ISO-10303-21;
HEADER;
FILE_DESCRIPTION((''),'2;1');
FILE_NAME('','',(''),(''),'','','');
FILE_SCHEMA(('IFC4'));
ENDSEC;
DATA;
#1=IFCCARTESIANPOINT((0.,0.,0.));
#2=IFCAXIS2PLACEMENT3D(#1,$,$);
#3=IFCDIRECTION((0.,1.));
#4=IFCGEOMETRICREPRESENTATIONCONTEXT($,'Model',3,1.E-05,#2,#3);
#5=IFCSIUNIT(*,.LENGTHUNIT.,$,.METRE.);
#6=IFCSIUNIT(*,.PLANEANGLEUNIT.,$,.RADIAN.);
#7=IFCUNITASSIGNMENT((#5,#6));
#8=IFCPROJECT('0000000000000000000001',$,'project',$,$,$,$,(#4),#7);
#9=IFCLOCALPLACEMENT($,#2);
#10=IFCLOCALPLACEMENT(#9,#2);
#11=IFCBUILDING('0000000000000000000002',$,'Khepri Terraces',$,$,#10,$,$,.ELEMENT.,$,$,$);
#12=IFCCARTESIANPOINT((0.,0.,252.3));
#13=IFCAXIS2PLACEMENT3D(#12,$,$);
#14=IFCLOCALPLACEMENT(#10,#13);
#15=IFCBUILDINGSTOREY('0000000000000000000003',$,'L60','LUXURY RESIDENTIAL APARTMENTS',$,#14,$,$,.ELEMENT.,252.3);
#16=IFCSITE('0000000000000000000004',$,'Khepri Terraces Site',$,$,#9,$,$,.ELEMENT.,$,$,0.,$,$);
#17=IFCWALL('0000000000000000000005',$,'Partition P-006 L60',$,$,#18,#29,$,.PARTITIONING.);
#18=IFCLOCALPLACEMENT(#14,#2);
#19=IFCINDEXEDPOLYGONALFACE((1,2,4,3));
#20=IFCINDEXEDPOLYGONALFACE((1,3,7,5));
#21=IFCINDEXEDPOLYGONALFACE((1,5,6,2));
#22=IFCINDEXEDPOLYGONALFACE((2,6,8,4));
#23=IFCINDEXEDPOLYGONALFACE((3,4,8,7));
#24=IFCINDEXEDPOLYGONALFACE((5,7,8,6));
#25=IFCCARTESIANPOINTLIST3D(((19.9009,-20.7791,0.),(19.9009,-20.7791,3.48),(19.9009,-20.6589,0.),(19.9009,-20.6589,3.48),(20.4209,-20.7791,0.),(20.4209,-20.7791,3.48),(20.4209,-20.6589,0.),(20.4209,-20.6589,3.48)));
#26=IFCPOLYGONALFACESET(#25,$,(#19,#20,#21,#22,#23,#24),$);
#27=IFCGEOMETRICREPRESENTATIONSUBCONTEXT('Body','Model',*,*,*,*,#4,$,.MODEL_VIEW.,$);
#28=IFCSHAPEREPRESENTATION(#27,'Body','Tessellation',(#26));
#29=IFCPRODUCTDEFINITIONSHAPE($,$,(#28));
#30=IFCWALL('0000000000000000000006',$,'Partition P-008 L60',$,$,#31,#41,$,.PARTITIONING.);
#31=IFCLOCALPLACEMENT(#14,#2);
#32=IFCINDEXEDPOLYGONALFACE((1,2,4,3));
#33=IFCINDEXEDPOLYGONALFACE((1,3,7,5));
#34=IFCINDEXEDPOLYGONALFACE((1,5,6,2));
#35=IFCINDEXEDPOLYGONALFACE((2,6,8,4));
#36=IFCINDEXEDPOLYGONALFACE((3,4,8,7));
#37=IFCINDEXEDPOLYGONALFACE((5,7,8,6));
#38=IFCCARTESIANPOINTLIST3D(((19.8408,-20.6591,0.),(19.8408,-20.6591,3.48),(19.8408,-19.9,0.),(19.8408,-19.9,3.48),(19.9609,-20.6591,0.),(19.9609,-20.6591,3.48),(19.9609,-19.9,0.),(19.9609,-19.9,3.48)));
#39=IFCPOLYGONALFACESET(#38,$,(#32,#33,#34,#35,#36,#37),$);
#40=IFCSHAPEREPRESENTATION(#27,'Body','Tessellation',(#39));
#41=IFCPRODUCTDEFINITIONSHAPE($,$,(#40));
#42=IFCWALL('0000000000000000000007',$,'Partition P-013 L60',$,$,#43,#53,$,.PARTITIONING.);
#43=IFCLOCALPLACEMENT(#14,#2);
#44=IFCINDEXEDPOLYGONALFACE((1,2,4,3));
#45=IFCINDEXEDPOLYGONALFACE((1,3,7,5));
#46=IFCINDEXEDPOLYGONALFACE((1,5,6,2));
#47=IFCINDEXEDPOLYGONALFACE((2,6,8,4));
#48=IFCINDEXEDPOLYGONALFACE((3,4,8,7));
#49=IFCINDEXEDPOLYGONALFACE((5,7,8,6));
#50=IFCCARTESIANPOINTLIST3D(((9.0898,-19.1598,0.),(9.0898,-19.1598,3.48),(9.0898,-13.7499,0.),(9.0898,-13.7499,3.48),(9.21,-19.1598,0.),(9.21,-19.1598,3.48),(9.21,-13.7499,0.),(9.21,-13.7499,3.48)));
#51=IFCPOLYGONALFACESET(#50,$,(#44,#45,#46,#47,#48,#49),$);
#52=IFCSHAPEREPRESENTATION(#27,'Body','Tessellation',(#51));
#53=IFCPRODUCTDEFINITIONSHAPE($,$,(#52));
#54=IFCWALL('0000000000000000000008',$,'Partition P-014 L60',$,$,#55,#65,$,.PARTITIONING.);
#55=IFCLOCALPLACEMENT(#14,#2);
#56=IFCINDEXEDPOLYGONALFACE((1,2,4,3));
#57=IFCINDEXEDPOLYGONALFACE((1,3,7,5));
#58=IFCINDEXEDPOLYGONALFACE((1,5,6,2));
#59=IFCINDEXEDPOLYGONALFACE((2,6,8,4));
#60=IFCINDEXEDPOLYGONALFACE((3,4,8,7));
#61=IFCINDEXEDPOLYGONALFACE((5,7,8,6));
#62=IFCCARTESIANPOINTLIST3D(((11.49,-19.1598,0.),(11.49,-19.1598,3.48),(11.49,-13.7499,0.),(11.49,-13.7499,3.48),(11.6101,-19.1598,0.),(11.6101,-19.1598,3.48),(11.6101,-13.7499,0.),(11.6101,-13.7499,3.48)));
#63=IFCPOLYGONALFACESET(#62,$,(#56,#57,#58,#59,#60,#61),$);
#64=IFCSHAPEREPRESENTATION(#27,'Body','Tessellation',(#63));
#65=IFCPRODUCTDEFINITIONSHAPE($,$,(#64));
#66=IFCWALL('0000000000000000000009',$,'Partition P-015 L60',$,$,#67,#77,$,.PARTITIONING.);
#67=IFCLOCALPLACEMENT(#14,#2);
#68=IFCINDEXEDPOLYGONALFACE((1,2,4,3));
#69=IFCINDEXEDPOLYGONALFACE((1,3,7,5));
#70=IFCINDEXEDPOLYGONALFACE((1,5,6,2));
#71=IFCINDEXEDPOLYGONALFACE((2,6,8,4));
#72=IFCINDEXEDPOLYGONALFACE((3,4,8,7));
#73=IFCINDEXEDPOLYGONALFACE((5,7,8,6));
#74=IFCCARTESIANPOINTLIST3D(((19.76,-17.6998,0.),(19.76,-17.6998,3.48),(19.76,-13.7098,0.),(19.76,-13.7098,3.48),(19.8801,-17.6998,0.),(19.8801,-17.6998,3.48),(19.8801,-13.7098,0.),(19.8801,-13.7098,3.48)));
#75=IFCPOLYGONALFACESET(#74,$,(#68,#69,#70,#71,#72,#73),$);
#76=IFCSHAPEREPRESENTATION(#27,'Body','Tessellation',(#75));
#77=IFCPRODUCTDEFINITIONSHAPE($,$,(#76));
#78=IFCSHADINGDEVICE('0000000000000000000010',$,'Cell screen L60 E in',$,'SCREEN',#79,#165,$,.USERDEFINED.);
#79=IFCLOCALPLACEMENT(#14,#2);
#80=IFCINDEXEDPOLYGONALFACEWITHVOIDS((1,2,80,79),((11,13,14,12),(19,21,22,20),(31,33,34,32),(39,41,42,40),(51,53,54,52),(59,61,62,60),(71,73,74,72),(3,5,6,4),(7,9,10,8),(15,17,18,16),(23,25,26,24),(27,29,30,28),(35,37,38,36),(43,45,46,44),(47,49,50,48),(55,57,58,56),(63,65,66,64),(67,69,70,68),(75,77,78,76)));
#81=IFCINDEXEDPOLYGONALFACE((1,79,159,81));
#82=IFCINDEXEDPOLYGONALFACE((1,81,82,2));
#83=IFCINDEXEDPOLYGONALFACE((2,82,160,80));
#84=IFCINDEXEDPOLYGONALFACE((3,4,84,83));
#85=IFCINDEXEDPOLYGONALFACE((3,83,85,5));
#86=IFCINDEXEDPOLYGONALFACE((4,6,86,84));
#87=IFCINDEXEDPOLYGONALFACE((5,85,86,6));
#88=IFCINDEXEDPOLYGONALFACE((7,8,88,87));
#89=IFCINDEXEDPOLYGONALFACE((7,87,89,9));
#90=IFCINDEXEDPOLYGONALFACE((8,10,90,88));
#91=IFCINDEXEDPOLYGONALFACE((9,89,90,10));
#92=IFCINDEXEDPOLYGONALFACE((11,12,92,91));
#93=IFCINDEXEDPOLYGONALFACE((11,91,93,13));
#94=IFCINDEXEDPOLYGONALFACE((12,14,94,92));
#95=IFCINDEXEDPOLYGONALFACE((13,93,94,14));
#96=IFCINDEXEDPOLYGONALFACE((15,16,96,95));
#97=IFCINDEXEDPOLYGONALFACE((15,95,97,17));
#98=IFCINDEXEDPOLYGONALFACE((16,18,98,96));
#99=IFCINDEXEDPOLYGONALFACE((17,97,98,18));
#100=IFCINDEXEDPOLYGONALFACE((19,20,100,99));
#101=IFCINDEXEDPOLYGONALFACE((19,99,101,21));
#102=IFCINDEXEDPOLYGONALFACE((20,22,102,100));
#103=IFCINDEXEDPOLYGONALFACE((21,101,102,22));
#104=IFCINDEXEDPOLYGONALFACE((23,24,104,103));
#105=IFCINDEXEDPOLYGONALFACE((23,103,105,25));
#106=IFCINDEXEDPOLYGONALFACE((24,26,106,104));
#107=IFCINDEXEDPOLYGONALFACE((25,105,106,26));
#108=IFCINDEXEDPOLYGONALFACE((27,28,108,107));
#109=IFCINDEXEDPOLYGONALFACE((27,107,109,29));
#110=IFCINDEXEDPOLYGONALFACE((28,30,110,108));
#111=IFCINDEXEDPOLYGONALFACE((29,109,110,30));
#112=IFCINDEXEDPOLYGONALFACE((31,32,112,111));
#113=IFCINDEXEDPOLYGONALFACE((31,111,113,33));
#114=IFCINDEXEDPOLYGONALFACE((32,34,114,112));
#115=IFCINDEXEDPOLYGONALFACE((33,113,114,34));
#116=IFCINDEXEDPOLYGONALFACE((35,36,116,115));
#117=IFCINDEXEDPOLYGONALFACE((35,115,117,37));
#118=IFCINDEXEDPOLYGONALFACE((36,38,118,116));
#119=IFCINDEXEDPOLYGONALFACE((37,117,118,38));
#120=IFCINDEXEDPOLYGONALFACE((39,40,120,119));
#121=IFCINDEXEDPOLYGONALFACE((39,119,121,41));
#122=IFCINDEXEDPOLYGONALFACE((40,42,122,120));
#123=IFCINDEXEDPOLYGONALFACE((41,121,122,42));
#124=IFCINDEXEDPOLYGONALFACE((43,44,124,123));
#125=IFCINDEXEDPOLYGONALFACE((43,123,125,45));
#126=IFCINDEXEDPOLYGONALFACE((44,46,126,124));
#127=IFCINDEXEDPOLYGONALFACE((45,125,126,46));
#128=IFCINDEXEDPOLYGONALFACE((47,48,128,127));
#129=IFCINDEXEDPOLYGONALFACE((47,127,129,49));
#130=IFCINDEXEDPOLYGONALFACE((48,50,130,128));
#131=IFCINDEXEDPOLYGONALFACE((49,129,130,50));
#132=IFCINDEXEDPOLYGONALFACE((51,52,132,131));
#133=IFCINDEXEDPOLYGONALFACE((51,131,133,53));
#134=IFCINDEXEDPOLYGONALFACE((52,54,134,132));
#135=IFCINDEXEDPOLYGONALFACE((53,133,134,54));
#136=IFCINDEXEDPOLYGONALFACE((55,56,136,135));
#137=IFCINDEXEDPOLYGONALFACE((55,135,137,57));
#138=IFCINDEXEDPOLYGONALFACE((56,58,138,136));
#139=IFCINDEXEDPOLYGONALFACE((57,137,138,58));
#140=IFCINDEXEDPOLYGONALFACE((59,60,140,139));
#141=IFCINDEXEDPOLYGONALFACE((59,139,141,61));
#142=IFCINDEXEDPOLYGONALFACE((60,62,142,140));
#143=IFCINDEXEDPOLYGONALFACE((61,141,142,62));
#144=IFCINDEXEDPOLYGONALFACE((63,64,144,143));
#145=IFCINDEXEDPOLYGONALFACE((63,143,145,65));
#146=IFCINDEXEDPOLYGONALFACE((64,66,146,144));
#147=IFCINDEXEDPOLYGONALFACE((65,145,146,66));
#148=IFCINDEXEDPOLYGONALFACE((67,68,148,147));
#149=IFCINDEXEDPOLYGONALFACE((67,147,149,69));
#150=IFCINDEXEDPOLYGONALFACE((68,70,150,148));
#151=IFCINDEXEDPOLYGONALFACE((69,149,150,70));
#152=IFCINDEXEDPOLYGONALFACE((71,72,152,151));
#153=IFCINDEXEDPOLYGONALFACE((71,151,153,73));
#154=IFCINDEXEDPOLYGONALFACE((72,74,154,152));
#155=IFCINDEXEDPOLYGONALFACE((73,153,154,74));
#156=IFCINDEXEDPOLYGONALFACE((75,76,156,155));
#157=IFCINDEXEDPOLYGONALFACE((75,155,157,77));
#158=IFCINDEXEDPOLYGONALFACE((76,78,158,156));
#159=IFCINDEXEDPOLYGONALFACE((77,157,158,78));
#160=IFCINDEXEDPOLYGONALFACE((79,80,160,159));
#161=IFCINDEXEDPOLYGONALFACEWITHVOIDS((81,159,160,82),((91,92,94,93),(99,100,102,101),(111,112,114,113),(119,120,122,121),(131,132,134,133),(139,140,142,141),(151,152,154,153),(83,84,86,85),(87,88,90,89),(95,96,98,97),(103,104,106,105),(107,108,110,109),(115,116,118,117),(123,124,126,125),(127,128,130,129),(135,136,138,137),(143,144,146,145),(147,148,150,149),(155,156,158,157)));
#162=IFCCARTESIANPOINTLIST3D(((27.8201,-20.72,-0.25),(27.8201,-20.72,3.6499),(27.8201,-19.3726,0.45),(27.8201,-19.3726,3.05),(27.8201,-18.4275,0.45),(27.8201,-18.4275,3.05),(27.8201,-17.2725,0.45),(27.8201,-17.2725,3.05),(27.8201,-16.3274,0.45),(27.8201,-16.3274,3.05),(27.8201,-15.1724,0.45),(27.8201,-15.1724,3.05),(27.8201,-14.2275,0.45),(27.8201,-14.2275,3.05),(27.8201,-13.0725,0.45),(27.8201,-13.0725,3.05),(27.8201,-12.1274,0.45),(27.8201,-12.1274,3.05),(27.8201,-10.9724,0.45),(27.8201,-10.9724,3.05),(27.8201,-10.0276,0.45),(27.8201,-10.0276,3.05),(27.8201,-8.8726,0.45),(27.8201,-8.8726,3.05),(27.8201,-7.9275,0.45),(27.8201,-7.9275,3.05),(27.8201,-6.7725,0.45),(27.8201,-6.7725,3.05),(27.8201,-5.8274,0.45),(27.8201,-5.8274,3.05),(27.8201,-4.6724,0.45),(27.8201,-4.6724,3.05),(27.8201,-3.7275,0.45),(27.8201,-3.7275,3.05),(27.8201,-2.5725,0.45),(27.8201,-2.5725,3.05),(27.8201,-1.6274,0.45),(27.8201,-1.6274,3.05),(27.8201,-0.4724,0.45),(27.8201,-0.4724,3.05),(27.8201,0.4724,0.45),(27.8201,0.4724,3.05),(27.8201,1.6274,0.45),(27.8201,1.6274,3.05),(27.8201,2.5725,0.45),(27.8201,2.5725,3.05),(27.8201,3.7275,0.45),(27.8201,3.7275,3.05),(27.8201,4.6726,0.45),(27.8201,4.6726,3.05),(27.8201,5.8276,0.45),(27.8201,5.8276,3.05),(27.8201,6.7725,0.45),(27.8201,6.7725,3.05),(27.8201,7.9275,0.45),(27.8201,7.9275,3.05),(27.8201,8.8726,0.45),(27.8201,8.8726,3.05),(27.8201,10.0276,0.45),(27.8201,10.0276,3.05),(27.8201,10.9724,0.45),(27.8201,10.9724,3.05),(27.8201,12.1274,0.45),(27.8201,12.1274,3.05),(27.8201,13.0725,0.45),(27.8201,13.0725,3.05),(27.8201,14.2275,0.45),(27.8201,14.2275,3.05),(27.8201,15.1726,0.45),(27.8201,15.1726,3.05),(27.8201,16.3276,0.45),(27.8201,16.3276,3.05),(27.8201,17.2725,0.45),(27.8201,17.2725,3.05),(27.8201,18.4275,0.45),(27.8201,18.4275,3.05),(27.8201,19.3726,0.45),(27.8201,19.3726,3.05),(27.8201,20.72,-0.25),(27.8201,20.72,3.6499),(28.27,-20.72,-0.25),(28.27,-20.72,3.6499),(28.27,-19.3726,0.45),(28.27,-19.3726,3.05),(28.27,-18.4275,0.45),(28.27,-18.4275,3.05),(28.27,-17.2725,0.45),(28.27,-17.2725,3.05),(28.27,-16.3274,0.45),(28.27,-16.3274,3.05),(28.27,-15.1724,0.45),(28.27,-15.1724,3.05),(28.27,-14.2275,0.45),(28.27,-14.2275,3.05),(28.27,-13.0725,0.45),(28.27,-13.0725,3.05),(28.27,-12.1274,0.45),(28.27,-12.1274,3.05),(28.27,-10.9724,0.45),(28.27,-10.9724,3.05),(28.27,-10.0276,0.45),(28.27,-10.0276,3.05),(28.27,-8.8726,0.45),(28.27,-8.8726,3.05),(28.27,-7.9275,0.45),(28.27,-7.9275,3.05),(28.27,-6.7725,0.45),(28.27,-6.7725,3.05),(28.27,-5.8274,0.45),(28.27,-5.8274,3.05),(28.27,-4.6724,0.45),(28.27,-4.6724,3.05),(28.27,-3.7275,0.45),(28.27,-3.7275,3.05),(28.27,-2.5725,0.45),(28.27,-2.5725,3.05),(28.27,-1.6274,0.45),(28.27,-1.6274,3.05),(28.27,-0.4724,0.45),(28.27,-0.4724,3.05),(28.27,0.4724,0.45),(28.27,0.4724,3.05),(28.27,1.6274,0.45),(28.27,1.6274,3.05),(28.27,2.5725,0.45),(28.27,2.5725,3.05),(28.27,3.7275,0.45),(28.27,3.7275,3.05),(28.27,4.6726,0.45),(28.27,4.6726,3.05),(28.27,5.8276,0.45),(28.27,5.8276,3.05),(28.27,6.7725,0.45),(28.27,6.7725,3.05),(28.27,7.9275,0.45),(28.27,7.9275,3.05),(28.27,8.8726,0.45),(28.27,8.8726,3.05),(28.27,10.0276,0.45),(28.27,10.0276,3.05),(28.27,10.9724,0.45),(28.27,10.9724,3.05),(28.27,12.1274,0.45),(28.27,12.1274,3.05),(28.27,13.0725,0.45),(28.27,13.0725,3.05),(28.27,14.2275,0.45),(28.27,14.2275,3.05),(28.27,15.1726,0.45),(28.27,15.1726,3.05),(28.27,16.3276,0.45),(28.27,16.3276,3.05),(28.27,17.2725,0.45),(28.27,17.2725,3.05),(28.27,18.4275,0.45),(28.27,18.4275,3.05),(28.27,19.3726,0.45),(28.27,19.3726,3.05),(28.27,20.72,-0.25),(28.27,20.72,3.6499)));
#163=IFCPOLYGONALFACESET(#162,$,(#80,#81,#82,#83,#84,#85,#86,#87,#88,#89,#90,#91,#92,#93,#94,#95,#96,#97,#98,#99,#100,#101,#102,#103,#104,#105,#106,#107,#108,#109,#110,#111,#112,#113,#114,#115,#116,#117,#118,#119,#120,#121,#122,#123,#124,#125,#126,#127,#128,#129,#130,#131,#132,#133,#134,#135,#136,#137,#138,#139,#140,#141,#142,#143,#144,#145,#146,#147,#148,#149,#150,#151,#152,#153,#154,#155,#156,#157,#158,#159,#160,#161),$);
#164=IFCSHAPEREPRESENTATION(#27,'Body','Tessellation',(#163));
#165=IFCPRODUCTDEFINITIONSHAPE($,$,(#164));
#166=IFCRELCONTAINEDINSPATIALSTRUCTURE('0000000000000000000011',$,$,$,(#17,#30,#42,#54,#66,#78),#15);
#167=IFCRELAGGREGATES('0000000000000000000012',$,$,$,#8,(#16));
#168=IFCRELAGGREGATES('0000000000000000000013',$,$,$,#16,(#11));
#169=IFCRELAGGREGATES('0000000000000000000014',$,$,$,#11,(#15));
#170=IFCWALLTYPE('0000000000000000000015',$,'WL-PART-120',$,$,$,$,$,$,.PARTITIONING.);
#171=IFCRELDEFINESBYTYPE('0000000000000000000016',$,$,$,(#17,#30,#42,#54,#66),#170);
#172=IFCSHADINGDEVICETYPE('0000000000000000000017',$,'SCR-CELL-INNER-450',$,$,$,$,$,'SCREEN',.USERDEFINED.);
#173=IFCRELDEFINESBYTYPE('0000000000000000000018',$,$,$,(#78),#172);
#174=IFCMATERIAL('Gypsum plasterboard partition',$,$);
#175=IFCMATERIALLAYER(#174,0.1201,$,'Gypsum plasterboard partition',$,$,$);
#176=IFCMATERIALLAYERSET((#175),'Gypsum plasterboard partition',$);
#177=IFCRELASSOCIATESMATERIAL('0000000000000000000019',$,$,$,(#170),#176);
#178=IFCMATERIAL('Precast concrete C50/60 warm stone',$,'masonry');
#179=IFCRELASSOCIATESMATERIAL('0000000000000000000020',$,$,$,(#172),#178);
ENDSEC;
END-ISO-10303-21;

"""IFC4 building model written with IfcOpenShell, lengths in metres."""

from ifc_helpers import new_model, si_unit, direction, frame, frame_2d, origin, place, context, subcontext, project, spatial, polyline, rectangle, outline, extrude, material, layer, layer_set, type_object, element, save


model = new_model("IFC4")

# Units and contexts
model_context = context("Model", 3, precision=1e-05, world=origin(), true_north=direction((0.0, 1.0)))
body_context = subcontext(model_context, "Body", "Model", "MODEL_VIEW")
ifc_project = project(units=[si_unit("LENGTHUNIT", "METRE"), si_unit("PLANEANGLEUNIT", "RADIAN")], contexts=[model_context])

# Site, building, storey
site_placement = place(None, origin())
site = spatial("IfcSite", under=ifc_project, at=site_placement, Name="Khepri Terraces Site", CompositionType="ELEMENT", RefElevation=0.0)
building_placement = place(site_placement, origin())
building = spatial("IfcBuilding", under=site, at=building_placement, Name="Khepri Terraces", CompositionType="ELEMENT")
storey_placement = place(building_placement, frame((0.0, 0.0, 252.3)))
storey = spatial("IfcBuildingStorey", under=building, at=storey_placement, Name="L60", Description="LUXURY RESIDENTIAL APARTMENTS", CompositionType="ELEMENT", Elevation=252.3)

# Shared definitions
ifc_material_1 = material(Name="Precast concrete C50/60 warm stone", Category="masonry")

# Shared definitions
ifc_material_2 = material(Name="Gypsum plasterboard partition")
ifc_layer_1 = layer(ifc_material_2, 0.1201, Name="Gypsum plasterboard partition")
ifc_layer_set_1 = layer_set([ifc_layer_1], Name="Gypsum plasterboard partition")
wall_type_1 = type_object("IfcWallType", Name="WL-PART-120", PredefinedType="PARTITIONING", material=ifc_layer_set_1)

# Walls
wall_1_placement = place(storey_placement, frame((19.9009, -20.719, 0.0), z_axis=(0.0, 0.0, 1.0), x_axis=(1.0, 0.0, 0.0)))
element("IfcWall", 1, at=wall_1_placement, inside=storey, type_object=wall_type_1, Name="Partition P-006 L60", PredefinedType="PARTITIONING", context=body_context, shape_type="SweptSolid", body=[
    extrude(rectangle(XDim=0.52, YDim=0.1201, at=frame_2d((0.26, 0.0))), origin(), (0.0, 0.0, 1.0), 3.48),
])
wall_2_placement = place(storey_placement, frame((19.9009, -20.6589, 0.0), z_axis=(0.0, 0.0, 1.0), x_axis=(0.0, 1.0, 0.0)))
element("IfcWall", 2, at=wall_2_placement, inside=storey, type_object=wall_type_1, Name="Partition P-008 L60", PredefinedType="PARTITIONING", context=body_context, shape_type="SweptSolid", body=[
    extrude(rectangle(XDim=0.759, YDim=0.1201, at=frame_2d((0.3794, 0.0))), origin(), (0.0, 0.0, 1.0), 3.48),
])
for number, where, z_axis, x_axis, name in (
    (3, (9.1499, -19.1599, 0.0), (0.0, 0.0, 1.0), (0.0, 1.0, 0.0), "Partition P-013 L60"),
    (4, (11.55, -19.1599, 0.0), (0.0, 0.0, 1.0), (0.0, 1.0, 0.0), "Partition P-014 L60"),
):
    element("IfcWall", number, at=place(storey_placement, frame(where, z_axis=z_axis, x_axis=x_axis)), inside=storey, type_object=wall_type_1, Name=name, PredefinedType="PARTITIONING", context=body_context, shape_type="SweptSolid", body=[
        extrude(rectangle(XDim=5.4099, YDim=0.1201, at=frame_2d((2.7051, 0.0))), origin(), (0.0, 0.0, 1.0), 3.48),
    ])
wall_3_placement = place(storey_placement, frame((19.8201, -17.7, 0.0), z_axis=(0.0, 0.0, 1.0), x_axis=(0.0, 1.0, 0.0)))
element("IfcWall", 5, at=wall_3_placement, inside=storey, type_object=wall_type_1, Name="Partition P-015 L60", PredefinedType="PARTITIONING", context=body_context, shape_type="SweptSolid", body=[
    extrude(rectangle(XDim=3.99, YDim=0.1201, at=frame_2d((1.9951, 0.0))), origin(), (0.0, 0.0, 1.0), 3.48),
])

# Shading device
shading_device_type_1 = type_object("IfcShadingDeviceType", Name="SCR-CELL-INNER-450", ElementType="SCREEN", PredefinedType="USERDEFINED", material=ifc_material_1)
shading_device_1_placement = place(storey_placement, frame((27.8201, -20.72, -0.25), z_axis=(1.0, 0.0, 0.0), x_axis=(0.0, 1.0, 0.0)))
element("IfcShadingDevice", 6, at=shading_device_1_placement, inside=storey, type_object=shading_device_type_1, Name="Cell screen L60 E in", ObjectType="SCREEN", PredefinedType="USERDEFINED", context=body_context, shape_type="SweptSolid", body=[
    extrude(outline(polyline([(0.0, 0.0), (41.4399, 0.0), (41.4399, 3.8999), (0.0, 3.8999), (0.0, 0.0)]), holes=[polyline([(1.3474, 0.7), (2.2925, 0.7), (2.2925, 3.3), (1.3474, 3.3), (1.3474, 0.7)]), polyline([(3.4475, 0.7), (4.3926, 0.7), (4.3926, 3.3), (3.4475, 3.3), (3.4475, 0.7)]), polyline([(5.5476, 0.7), (6.4924, 0.7), (6.4924, 3.3), (5.5476, 3.3), (5.5476, 0.7)]), polyline([(7.6475, 0.7), (8.5925, 0.7), (8.5925, 3.3), (7.6475, 3.3), (7.6475, 0.7)]), polyline([(9.7476, 0.7), (10.6924, 0.7), (10.6924, 3.3), (9.7476, 3.3), (9.7476, 0.7)]), polyline([(11.8474, 0.7), (12.7925, 0.7), (12.7925, 3.3), (11.8474, 3.3), (11.8474, 0.7)]), polyline([(13.9475, 0.7), (14.8926, 0.7), (14.8926, 3.3), (13.9475, 3.3), (13.9475, 0.7)]), polyline([(16.0476, 0.7), (16.9924, 0.7), (16.9924, 3.3), (16.0476, 3.3), (16.0476, 0.7)]), polyline([(18.1475, 0.7), (19.0925, 0.7), (19.0925, 3.3), (18.1475, 3.3), (18.1475, 0.7)]), polyline([(20.2476, 0.7), (21.1924, 0.7), (21.1924, 3.3), (20.2476, 3.3), (20.2476, 0.7)]), polyline([(22.3474, 0.7), (23.2925, 0.7), (23.2925, 3.3), (22.3474, 3.3), (22.3474, 0.7)]), polyline([(24.4475, 0.7), (25.3926, 0.7), (25.3926, 3.3), (24.4475, 3.3), (24.4475, 0.7)]), polyline([(26.5476, 0.7), (27.4924, 0.7), (27.4924, 3.3), (26.5476, 3.3), (26.5476, 0.7)]), polyline([(28.6475, 0.7), (29.5925, 0.7), (29.5925, 3.3), (28.6475, 3.3), (28.6475, 0.7)]), polyline([(30.7476, 0.7), (31.6924, 0.7), (31.6924, 3.3), (30.7476, 3.3), (30.7476, 0.7)]), polyline([(32.8474, 0.7), (33.7925, 0.7), (33.7925, 3.3), (32.8474, 3.3), (32.8474, 0.7)]), polyline([(34.9475, 0.7), (35.8926, 0.7), (35.8926, 3.3), (34.9475, 3.3), (34.9475, 0.7)]), polyline([(37.0476, 0.7), (37.9924, 0.7), (37.9924, 3.3), (37.0476, 3.3), (37.0476, 0.7)]), polyline([(39.1475, 0.7), (40.0925, 0.7), (40.0925, 3.3), (39.1475, 3.3), (39.1475, 0.7)])]), origin(), (0.0, 0.0, 1.0), 0.45),
])

save(model, "model.ifc")
